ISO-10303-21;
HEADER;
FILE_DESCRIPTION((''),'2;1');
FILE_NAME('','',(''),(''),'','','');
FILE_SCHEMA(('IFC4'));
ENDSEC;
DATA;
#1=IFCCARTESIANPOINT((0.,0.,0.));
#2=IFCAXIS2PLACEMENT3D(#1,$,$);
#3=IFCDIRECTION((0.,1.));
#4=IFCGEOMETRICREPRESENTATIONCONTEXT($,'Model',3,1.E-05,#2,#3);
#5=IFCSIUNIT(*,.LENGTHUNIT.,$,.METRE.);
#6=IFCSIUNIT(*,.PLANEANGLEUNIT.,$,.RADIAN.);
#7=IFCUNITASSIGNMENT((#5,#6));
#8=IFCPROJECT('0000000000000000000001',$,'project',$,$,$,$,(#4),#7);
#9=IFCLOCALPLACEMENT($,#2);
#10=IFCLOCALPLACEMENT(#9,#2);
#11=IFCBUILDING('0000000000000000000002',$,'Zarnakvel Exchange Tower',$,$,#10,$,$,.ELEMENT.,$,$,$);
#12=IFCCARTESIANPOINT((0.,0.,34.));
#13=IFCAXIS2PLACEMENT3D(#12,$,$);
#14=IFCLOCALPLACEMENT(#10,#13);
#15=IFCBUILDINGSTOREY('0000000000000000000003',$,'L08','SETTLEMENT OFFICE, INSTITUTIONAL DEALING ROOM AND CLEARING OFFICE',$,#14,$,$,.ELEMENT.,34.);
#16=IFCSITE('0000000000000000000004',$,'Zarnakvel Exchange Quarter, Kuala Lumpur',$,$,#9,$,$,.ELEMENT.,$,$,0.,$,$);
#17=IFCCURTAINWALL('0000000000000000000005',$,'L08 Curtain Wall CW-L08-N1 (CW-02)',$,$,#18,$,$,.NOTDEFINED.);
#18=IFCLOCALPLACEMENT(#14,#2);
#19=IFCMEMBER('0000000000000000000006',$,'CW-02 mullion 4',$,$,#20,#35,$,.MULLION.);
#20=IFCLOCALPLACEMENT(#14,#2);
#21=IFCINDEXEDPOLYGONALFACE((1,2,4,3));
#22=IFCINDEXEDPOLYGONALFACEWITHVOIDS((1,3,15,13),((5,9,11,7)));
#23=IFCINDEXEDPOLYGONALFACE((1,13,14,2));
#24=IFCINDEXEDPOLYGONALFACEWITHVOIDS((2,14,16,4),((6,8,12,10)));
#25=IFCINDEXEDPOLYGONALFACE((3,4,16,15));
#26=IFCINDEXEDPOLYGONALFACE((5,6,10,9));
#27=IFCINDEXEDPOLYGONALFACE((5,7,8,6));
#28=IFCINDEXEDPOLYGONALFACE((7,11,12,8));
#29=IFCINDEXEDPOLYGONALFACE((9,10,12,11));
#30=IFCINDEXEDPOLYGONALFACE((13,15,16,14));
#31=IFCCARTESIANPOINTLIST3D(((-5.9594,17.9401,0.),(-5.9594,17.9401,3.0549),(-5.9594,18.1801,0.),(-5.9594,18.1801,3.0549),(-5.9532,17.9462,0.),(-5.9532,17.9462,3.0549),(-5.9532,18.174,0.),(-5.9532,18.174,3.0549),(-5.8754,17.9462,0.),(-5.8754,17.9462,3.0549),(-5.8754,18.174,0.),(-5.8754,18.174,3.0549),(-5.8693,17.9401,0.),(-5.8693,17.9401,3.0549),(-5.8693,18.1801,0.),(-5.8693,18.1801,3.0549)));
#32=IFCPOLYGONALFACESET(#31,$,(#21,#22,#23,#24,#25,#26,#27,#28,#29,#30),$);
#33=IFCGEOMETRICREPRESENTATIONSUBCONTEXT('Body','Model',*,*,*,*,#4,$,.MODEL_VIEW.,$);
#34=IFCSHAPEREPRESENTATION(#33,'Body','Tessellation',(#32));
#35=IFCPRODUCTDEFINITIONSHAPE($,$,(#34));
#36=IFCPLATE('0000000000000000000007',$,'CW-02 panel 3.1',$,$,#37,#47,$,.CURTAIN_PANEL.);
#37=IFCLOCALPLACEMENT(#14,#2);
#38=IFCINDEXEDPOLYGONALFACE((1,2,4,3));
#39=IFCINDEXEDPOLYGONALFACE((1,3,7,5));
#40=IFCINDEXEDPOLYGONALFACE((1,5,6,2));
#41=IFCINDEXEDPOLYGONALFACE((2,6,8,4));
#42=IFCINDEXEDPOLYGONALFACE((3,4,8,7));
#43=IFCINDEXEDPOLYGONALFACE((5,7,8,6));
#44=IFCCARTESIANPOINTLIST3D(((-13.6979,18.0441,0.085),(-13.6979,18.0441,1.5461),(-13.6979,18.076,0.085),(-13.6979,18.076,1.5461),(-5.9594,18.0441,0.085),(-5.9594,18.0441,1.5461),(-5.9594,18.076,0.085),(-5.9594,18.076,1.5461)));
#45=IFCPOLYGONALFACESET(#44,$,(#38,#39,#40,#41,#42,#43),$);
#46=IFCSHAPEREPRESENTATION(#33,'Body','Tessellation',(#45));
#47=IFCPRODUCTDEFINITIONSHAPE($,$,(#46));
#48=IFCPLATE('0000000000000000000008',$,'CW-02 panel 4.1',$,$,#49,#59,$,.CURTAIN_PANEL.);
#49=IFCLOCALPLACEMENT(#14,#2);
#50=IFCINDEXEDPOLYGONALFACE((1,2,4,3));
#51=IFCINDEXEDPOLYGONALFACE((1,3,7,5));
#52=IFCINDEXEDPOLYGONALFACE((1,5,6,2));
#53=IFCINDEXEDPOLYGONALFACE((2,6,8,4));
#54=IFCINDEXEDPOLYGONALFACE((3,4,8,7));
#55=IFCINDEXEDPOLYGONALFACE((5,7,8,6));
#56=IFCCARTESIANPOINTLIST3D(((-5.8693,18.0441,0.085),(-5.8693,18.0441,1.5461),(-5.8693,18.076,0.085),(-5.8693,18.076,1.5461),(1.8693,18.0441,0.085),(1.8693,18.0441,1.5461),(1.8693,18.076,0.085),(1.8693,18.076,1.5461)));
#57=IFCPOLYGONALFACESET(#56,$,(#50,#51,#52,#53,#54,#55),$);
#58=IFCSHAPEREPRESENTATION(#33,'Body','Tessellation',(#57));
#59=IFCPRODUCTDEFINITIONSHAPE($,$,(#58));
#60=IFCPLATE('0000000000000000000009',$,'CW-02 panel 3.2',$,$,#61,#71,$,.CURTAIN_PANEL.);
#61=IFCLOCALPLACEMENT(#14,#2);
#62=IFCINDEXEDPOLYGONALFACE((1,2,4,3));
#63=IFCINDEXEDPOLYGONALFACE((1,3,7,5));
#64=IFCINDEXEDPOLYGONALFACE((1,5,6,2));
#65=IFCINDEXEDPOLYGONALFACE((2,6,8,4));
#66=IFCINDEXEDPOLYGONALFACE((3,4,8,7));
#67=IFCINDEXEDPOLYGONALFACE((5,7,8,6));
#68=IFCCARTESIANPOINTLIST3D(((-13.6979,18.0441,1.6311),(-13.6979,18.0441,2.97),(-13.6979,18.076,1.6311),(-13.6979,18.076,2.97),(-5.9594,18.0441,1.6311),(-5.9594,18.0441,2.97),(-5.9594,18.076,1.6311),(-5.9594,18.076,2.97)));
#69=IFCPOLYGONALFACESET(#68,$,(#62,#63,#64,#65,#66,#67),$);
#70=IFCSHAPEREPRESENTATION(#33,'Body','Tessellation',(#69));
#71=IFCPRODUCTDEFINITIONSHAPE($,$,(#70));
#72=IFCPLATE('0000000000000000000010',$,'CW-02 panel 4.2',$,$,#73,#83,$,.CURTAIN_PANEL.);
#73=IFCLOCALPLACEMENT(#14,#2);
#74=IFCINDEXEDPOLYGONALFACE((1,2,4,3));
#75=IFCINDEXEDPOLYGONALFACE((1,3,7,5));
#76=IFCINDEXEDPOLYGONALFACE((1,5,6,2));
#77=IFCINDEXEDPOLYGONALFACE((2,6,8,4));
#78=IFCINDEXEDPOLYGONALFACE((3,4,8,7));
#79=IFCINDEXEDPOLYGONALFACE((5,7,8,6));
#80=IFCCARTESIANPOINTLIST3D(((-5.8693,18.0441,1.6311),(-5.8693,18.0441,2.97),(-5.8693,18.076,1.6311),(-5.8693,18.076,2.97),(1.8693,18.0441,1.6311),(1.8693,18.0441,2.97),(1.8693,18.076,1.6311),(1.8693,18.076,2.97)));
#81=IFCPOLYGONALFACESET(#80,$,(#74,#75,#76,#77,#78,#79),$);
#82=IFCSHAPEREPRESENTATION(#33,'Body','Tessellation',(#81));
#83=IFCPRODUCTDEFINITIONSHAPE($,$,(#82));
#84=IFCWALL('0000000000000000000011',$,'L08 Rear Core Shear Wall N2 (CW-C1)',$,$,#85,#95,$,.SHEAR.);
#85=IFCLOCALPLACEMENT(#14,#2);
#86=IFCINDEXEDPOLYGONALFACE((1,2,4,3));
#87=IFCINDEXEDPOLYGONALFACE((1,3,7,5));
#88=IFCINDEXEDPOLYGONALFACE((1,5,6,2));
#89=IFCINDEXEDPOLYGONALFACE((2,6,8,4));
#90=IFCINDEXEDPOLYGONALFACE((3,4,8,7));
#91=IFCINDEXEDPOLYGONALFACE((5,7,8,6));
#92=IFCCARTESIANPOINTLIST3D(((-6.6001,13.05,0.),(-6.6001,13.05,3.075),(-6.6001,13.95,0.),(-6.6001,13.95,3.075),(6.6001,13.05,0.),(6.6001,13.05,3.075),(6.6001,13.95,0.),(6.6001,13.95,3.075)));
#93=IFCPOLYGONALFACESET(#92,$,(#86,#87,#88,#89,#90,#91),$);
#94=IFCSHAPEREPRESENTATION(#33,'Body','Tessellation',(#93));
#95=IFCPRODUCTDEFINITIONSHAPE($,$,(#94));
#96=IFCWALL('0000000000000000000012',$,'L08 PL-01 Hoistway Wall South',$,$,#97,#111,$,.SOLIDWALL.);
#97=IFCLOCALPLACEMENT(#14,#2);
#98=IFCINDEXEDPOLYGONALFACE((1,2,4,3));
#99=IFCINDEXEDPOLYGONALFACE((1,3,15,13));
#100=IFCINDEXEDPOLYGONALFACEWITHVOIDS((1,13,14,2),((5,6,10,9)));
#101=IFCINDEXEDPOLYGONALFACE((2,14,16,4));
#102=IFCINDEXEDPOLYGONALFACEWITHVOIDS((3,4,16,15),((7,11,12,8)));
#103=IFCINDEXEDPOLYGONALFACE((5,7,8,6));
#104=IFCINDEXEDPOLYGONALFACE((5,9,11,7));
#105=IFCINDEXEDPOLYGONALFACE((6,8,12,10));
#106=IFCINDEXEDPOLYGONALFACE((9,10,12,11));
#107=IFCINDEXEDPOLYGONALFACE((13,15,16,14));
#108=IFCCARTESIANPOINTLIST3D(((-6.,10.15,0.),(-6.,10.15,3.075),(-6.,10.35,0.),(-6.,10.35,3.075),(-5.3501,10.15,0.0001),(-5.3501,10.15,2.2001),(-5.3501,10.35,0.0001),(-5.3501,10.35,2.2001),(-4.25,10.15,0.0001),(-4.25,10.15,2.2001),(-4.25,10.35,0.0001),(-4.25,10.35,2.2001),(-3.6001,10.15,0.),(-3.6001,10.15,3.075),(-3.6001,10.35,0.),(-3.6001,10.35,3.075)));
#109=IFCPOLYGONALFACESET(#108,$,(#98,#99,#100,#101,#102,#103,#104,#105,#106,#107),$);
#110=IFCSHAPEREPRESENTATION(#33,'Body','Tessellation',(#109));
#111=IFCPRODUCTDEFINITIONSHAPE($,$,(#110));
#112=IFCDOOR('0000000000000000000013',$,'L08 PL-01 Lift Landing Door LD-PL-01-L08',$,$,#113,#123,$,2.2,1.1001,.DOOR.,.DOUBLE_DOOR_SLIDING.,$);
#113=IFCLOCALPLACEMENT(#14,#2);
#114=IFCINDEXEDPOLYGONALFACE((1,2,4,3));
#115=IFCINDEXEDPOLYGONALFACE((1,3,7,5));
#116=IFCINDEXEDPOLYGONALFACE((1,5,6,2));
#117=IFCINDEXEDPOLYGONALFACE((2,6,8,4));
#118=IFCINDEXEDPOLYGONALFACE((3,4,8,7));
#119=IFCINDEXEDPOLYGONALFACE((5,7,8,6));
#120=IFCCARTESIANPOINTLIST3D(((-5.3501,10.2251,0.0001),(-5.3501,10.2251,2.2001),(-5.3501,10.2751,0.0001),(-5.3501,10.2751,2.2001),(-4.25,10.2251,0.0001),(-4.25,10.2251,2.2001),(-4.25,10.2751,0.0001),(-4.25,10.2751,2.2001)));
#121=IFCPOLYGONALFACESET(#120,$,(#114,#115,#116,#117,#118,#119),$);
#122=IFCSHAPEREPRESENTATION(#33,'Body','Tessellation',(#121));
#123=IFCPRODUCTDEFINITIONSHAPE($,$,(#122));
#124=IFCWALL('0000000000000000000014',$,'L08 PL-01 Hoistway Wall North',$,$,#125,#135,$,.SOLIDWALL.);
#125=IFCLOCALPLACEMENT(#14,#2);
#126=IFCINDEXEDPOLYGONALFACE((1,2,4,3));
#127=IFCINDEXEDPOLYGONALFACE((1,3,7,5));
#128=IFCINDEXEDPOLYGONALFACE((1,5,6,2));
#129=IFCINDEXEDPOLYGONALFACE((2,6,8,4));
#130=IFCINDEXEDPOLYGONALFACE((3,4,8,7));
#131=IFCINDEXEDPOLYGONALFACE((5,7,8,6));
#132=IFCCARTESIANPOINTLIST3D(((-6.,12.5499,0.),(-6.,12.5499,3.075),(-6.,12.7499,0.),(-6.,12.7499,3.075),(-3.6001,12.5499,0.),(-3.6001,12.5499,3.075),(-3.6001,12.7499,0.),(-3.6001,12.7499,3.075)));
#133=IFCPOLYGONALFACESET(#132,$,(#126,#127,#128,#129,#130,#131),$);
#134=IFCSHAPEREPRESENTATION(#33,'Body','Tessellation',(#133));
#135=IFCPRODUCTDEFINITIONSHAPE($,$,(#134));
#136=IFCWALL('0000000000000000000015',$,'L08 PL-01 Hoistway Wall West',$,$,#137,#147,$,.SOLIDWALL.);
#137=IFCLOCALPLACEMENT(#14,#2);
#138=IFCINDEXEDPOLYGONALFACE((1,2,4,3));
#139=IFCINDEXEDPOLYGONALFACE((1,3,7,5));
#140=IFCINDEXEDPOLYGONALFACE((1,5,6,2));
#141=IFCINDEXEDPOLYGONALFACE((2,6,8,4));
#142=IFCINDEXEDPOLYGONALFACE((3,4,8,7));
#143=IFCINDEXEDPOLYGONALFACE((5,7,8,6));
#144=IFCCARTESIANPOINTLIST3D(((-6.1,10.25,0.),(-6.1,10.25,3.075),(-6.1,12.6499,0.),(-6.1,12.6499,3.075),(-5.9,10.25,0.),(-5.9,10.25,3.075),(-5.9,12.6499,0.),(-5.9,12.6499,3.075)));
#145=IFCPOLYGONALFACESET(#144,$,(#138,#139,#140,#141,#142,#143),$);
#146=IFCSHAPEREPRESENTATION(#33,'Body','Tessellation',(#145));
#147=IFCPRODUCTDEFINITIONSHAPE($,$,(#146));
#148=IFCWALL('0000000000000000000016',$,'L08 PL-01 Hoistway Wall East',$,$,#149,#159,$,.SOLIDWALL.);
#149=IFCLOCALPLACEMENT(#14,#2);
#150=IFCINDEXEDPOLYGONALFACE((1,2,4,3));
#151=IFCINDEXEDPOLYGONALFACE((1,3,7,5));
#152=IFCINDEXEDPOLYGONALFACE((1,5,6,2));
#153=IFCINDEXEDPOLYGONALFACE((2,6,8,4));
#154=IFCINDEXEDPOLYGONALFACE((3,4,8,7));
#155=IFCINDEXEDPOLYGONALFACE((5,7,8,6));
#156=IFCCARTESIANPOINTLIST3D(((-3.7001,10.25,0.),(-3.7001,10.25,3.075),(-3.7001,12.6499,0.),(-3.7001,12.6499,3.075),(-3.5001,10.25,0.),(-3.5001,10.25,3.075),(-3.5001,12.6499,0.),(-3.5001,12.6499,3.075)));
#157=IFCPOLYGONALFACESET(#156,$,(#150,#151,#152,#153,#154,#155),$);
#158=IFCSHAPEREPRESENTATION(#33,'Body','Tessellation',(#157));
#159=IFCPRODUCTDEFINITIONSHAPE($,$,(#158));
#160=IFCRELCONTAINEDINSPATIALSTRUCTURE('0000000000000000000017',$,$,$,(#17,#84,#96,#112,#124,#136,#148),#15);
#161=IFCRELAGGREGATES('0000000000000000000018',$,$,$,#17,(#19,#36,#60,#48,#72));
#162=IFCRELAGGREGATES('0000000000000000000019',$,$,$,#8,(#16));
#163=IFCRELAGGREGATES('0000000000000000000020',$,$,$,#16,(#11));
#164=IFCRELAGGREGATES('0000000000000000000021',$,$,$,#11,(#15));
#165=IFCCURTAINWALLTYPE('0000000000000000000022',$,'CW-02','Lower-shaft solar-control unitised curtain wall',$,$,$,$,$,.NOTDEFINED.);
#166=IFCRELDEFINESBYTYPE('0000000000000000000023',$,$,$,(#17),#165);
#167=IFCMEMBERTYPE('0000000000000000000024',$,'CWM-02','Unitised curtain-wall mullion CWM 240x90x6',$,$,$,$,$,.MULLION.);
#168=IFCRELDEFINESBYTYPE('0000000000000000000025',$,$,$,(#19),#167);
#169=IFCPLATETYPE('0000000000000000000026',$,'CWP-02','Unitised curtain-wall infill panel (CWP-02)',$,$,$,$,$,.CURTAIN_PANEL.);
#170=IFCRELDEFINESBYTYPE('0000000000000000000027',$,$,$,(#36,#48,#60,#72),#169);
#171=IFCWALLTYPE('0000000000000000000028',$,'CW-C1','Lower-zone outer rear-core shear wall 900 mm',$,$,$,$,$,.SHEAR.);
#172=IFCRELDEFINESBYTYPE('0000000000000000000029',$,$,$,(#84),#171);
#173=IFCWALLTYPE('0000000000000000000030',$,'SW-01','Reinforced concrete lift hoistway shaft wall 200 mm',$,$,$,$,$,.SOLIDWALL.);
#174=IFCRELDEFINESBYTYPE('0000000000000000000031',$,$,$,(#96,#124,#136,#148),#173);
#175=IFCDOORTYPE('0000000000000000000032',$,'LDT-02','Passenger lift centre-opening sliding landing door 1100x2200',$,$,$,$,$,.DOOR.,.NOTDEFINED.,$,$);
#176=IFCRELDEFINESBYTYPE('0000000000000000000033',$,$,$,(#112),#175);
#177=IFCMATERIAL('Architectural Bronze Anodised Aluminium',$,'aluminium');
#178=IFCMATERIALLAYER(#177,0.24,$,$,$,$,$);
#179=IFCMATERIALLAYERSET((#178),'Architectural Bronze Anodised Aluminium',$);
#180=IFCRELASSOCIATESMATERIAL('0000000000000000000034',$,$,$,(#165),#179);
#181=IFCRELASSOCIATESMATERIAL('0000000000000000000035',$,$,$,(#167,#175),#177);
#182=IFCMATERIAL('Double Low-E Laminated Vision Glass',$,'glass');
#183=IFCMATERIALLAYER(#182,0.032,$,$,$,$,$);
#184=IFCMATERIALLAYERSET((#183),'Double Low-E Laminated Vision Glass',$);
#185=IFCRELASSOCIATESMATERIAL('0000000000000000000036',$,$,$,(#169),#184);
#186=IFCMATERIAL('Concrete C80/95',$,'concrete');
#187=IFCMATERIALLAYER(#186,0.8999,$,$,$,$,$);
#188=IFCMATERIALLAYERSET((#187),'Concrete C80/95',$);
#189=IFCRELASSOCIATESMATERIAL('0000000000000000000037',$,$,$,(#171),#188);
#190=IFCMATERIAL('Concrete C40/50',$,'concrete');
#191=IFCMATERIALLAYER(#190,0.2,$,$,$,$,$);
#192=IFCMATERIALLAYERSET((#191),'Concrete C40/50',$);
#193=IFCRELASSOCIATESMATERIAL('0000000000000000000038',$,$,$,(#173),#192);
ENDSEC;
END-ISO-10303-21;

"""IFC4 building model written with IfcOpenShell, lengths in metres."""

from ifc_helpers import new_model, si_unit, direction, frame, frame_2d, origin, origin_2d, place, context, subcontext, project, spatial, rectangle, hollow_rectangle, extrude, source, transform, mapped, material, layer, layer_set, material_profile, profile_set, type_object, element, fill, aggregate, save


model = new_model("IFC4")

# Units and contexts
model_context = context("Model", 3, precision=1e-05, world=origin(), true_north=direction((0.0, 1.0)))
body_context = subcontext(model_context, "Body", "Model", "MODEL_VIEW")
ifc_project = project(units=[si_unit("LENGTHUNIT", "METRE"), si_unit("PLANEANGLEUNIT", "RADIAN")], contexts=[model_context])

# Site, building, storey
site_placement = place(None, origin())
site = spatial("IfcSite", under=ifc_project, at=site_placement, Name="Zarnakvel Exchange Quarter, Kuala Lumpur", CompositionType="ELEMENT", RefElevation=0.0)
building_placement = place(site_placement, origin())
building = spatial("IfcBuilding", under=site, at=building_placement, Name="Zarnakvel Exchange Tower", CompositionType="ELEMENT")
storey_placement = place(building_placement, frame((0.0, 0.0, 34.0)))
storey = spatial("IfcBuildingStorey", under=building, at=storey_placement, Name="L08", Description="SETTLEMENT OFFICE, INSTITUTIONAL DEALING ROOM AND CLEARING OFFICE", CompositionType="ELEMENT", Elevation=34.0)

# Shared definitions
ifc_material_1 = material(Name="Concrete C80/95", Category="concrete")

# Curtain wall, member, plates
ifc_material_2 = material(Name="Architectural Bronze Anodised Aluminium", Category="aluminium")
ifc_layer_1 = layer(ifc_material_2, 0.24)
ifc_layer_set_1 = layer_set([ifc_layer_1], Name="Architectural Bronze Anodised Aluminium")
curtain_wall_type = type_object("IfcCurtainWallType", Name="CW-02", Description="Lower-shaft solar-control unitised curtain wall", PredefinedType="NOTDEFINED", material=ifc_layer_set_1)
curtain_wall_placement = place(storey_placement, origin())
curtain_wall = element("IfcCurtainWall", 1, at=curtain_wall_placement, inside=storey, type_object=curtain_wall_type, Name="L08 Curtain Wall CW-L08-N1 (CW-02)", PredefinedType="NOTDEFINED")
ifc_material_profile_1 = material_profile(ifc_material_2, hollow_rectangle(XDim=0.24, YDim=0.0901, WallThickness=0.0061, at=origin_2d()))
ifc_profile_set_1 = profile_set([ifc_material_profile_1], Name="Architectural Bronze Anodised Aluminium")
member_type_1 = type_object("IfcMemberType", Name="CWM-02", Description="Unitised curtain-wall mullion CWM 240x90x6", PredefinedType="MULLION", material=ifc_profile_set_1)
shared_shape_1 = source(origin(), body_context, "Body", "SweptSolid", [
    extrude(hollow_rectangle(XDim=0.24, YDim=0.0901, WallThickness=0.0061, at=origin_2d()), origin(), (0.0, 0.0, 1.0), 3.0549),
])
member_1_placement = place(storey_placement, frame((-5.9143, 18.0601, 0.0), z_axis=(0.0, 0.0, 1.0), x_axis=(0.0, 1.0, 0.0)))
member_1 = element("IfcMember", 2, at=member_1_placement, type_object=member_type_1, Name="CW-02 mullion 4", PredefinedType="MULLION", context=body_context, shape_type="MappedRepresentation", body=[
    mapped(shared_shape_1, transform((0.0, 0.0, 0.0), x_axis=(1.0, 0.0, 0.0), y_axis=(0.0, 1.0, 0.0), z_axis=(0.0, 0.0, 1.0), scale=1.0)),
])
ifc_material_3 = material(Name="Double Low-E Laminated Vision Glass", Category="glass")
ifc_layer_2 = layer(ifc_material_3, 0.032)
ifc_layer_set_2 = layer_set([ifc_layer_2], Name="Double Low-E Laminated Vision Glass")
plate_type = type_object("IfcPlateType", Name="CWP-02", Description="Unitised curtain-wall infill panel (CWP-02)", PredefinedType="CURTAIN_PANEL", material=ifc_layer_set_2)
shared_shape_2 = source(origin(), body_context, "Body", "SweptSolid", [
    extrude(rectangle(XDim=7.7385, YDim=0.032, at=origin_2d()), origin(), (0.0, 0.0, 1.0), 1.4612),
])
plate_1_placement = place(storey_placement, frame((-9.8286, 18.0601, 0.085), z_axis=(0.0, 0.0, 1.0), x_axis=(1.0, 0.0, 0.0)))
plate_1 = element("IfcPlate", 3, at=plate_1_placement, type_object=plate_type, Name="CW-02 panel 3.1", PredefinedType="CURTAIN_PANEL", context=body_context, shape_type="MappedRepresentation", body=[
    mapped(shared_shape_2, transform((0.0, 0.0, 0.0), x_axis=(1.0, 0.0, 0.0), y_axis=(0.0, 1.0, 0.0), z_axis=(0.0, 0.0, 1.0), scale=1.0)),
])
plate_2_placement = place(storey_placement, frame((-2.0, 18.0601, 0.085), z_axis=(0.0, 0.0, 1.0), x_axis=(1.0, 0.0, 0.0)))
plate_2 = element("IfcPlate", 4, at=plate_2_placement, type_object=plate_type, Name="CW-02 panel 4.1", PredefinedType="CURTAIN_PANEL", context=body_context, shape_type="MappedRepresentation", body=[
    mapped(shared_shape_2, transform((0.0, 0.0, 0.0), x_axis=(1.0, 0.0, 0.0), y_axis=(0.0, 1.0, 0.0), z_axis=(0.0, 0.0, 1.0), scale=1.0)),
])
shared_shape_3 = source(origin(), body_context, "Body", "SweptSolid", [
    extrude(rectangle(XDim=7.7385, YDim=0.032, at=origin_2d()), origin(), (0.0, 0.0, 1.0), 1.3389),
])
plate_3_placement = place(storey_placement, frame((-9.8286, 18.0601, 1.6311), z_axis=(0.0, 0.0, 1.0), x_axis=(1.0, 0.0, 0.0)))
plate_3 = element("IfcPlate", 5, at=plate_3_placement, type_object=plate_type, Name="CW-02 panel 3.2", PredefinedType="CURTAIN_PANEL", context=body_context, shape_type="MappedRepresentation", body=[
    mapped(shared_shape_3, transform((0.0, 0.0, 0.0), x_axis=(1.0, 0.0, 0.0), y_axis=(0.0, 1.0, 0.0), z_axis=(0.0, 0.0, 1.0), scale=1.0)),
])
plate_4_placement = place(storey_placement, frame((-2.0, 18.0601, 1.6311), z_axis=(0.0, 0.0, 1.0), x_axis=(1.0, 0.0, 0.0)))
plate_4 = element("IfcPlate", 6, at=plate_4_placement, type_object=plate_type, Name="CW-02 panel 4.2", PredefinedType="CURTAIN_PANEL", context=body_context, shape_type="MappedRepresentation", body=[
    mapped(shared_shape_3, transform((0.0, 0.0, 0.0), x_axis=(1.0, 0.0, 0.0), y_axis=(0.0, 1.0, 0.0), z_axis=(0.0, 0.0, 1.0), scale=1.0)),
])
aggregate(curtain_wall, [member_1, plate_1, plate_3, plate_2, plate_4])

# Wall
ifc_layer_3 = layer(ifc_material_1, 0.8999)
ifc_layer_set_3 = layer_set([ifc_layer_3], Name="Concrete C80/95")
wall_type_1 = type_object("IfcWallType", Name="CW-C1", Description="Lower-zone outer rear-core shear wall 900 mm", PredefinedType="SHEAR", material=ifc_layer_set_3)
wall_1_placement = place(storey_placement, frame((-6.6001, 13.5, 0.0), z_axis=(0.0, 0.0, 1.0), x_axis=(1.0, 0.0, 0.0)))
element("IfcWall", 7, at=wall_1_placement, inside=storey, type_object=wall_type_1, Name="L08 Rear Core Shear Wall N2 (CW-C1)", PredefinedType="SHEAR", context=body_context, shape_type="SweptSolid", body=[
    extrude(rectangle(XDim=13.2002, YDim=0.8999, at=frame_2d((6.6001, 0.0))), origin(), (0.0, 0.0, 1.0), 3.075),
])

# Wall, opening, door
ifc_material_4 = material(Name="Concrete C40/50", Category="concrete")
ifc_layer_4 = layer(ifc_material_4, 0.2)
ifc_layer_set_4 = layer_set([ifc_layer_4], Name="Concrete C40/50")
wall_type_2 = type_object("IfcWallType", Name="SW-01", Description="Reinforced concrete lift hoistway shaft wall 200 mm", PredefinedType="SOLIDWALL", material=ifc_layer_set_4)
wall_2_placement = place(storey_placement, frame((-3.6001, 10.25, 0.0), z_axis=(0.0, 0.0, 1.0), x_axis=(-1.0, 0.0, 0.0)))
wall_2 = element("IfcWall", 8, at=wall_2_placement, inside=storey, type_object=wall_type_2, Name="L08 PL-01 Hoistway Wall South", PredefinedType="SOLIDWALL", context=body_context, shape_type="SweptSolid", body=[
    extrude(rectangle(XDim=2.3999, YDim=0.2, at=frame_2d((1.2, 0.0))), origin(), (0.0, 0.0, 1.0), 3.075),
])
opening_1_placement = place(wall_2_placement, frame((0.6499, 0.0, 0.0)))
opening_1 = element("IfcOpeningElement", 9, at=opening_1_placement, cuts=wall_2, PredefinedType="OPENING", context=body_context, shape_type="SweptSolid", body=[
    extrude(rectangle(XDim=1.1001, YDim=2.2, at=frame_2d((0.55, 1.1001))), frame((0.0, 0.1099, 0.0), z_axis=(0.0, -1.0, 0.0), x_axis=(1.0, 0.0, 0.0)), (0.0, 0.0, 1.0), 0.22),
])
door_type = type_object("IfcDoorType", Name="LDT-02", Description="Passenger lift centre-opening sliding landing door 1100x2200", OperationType="NOTDEFINED", PredefinedType="DOOR", material=ifc_material_2)
shared_shape_4 = source(origin(), body_context, "Body", "SweptSolid", [
    extrude(rectangle(XDim=1.1001, YDim=2.2, at=frame_2d((0.55, 1.1001))), frame((0.0, 0.0249, 0.0), z_axis=(0.0, -1.0, 0.0), x_axis=(1.0, 0.0, 0.0)), (0.0, 0.0, 1.0), 0.05),
])
door_1_placement = place(opening_1_placement, origin())
door_1 = element("IfcDoor", 10, at=door_1_placement, inside=storey, type_object=door_type, Name="L08 PL-01 Lift Landing Door LD-PL-01-L08", OperationType="DOUBLE_DOOR_SLIDING", OverallHeight=2.2, OverallWidth=1.1001, PredefinedType="DOOR", context=body_context, shape_type="MappedRepresentation", body=[
    mapped(shared_shape_4, transform((0.0, 0.0, 0.0), x_axis=(1.0, 0.0, 0.0), y_axis=(0.0, 1.0, 0.0), z_axis=(0.0, 0.0, 1.0), scale=1.0)),
])
fill(opening_1, door_1)

# Walls
for number, where, z_axis, x_axis, name in (
    (11, (-6.0, 12.6499, 0.0), (0.0, 0.0, 1.0), (1.0, 0.0, 0.0), "L08 PL-01 Hoistway Wall North"),
    (12, (-6.0, 10.25, 0.0), (0.0, 0.0, 1.0), (0.0, 1.0, 0.0), "L08 PL-01 Hoistway Wall West"),
    (13, (-3.6001, 12.6499, 0.0), (0.0, 0.0, 1.0), (0.0, -1.0, 0.0), "L08 PL-01 Hoistway Wall East"),
):
    element("IfcWall", number, at=place(storey_placement, frame(where, z_axis=z_axis, x_axis=x_axis)), inside=storey, type_object=wall_type_2, Name=name, PredefinedType="SOLIDWALL", context=body_context, shape_type="SweptSolid", body=[
        extrude(rectangle(XDim=2.3999, YDim=0.2, at=frame_2d((1.2, 0.0))), origin(), (0.0, 0.0, 1.0), 3.075),
    ])

save(model, "model.ifc")
